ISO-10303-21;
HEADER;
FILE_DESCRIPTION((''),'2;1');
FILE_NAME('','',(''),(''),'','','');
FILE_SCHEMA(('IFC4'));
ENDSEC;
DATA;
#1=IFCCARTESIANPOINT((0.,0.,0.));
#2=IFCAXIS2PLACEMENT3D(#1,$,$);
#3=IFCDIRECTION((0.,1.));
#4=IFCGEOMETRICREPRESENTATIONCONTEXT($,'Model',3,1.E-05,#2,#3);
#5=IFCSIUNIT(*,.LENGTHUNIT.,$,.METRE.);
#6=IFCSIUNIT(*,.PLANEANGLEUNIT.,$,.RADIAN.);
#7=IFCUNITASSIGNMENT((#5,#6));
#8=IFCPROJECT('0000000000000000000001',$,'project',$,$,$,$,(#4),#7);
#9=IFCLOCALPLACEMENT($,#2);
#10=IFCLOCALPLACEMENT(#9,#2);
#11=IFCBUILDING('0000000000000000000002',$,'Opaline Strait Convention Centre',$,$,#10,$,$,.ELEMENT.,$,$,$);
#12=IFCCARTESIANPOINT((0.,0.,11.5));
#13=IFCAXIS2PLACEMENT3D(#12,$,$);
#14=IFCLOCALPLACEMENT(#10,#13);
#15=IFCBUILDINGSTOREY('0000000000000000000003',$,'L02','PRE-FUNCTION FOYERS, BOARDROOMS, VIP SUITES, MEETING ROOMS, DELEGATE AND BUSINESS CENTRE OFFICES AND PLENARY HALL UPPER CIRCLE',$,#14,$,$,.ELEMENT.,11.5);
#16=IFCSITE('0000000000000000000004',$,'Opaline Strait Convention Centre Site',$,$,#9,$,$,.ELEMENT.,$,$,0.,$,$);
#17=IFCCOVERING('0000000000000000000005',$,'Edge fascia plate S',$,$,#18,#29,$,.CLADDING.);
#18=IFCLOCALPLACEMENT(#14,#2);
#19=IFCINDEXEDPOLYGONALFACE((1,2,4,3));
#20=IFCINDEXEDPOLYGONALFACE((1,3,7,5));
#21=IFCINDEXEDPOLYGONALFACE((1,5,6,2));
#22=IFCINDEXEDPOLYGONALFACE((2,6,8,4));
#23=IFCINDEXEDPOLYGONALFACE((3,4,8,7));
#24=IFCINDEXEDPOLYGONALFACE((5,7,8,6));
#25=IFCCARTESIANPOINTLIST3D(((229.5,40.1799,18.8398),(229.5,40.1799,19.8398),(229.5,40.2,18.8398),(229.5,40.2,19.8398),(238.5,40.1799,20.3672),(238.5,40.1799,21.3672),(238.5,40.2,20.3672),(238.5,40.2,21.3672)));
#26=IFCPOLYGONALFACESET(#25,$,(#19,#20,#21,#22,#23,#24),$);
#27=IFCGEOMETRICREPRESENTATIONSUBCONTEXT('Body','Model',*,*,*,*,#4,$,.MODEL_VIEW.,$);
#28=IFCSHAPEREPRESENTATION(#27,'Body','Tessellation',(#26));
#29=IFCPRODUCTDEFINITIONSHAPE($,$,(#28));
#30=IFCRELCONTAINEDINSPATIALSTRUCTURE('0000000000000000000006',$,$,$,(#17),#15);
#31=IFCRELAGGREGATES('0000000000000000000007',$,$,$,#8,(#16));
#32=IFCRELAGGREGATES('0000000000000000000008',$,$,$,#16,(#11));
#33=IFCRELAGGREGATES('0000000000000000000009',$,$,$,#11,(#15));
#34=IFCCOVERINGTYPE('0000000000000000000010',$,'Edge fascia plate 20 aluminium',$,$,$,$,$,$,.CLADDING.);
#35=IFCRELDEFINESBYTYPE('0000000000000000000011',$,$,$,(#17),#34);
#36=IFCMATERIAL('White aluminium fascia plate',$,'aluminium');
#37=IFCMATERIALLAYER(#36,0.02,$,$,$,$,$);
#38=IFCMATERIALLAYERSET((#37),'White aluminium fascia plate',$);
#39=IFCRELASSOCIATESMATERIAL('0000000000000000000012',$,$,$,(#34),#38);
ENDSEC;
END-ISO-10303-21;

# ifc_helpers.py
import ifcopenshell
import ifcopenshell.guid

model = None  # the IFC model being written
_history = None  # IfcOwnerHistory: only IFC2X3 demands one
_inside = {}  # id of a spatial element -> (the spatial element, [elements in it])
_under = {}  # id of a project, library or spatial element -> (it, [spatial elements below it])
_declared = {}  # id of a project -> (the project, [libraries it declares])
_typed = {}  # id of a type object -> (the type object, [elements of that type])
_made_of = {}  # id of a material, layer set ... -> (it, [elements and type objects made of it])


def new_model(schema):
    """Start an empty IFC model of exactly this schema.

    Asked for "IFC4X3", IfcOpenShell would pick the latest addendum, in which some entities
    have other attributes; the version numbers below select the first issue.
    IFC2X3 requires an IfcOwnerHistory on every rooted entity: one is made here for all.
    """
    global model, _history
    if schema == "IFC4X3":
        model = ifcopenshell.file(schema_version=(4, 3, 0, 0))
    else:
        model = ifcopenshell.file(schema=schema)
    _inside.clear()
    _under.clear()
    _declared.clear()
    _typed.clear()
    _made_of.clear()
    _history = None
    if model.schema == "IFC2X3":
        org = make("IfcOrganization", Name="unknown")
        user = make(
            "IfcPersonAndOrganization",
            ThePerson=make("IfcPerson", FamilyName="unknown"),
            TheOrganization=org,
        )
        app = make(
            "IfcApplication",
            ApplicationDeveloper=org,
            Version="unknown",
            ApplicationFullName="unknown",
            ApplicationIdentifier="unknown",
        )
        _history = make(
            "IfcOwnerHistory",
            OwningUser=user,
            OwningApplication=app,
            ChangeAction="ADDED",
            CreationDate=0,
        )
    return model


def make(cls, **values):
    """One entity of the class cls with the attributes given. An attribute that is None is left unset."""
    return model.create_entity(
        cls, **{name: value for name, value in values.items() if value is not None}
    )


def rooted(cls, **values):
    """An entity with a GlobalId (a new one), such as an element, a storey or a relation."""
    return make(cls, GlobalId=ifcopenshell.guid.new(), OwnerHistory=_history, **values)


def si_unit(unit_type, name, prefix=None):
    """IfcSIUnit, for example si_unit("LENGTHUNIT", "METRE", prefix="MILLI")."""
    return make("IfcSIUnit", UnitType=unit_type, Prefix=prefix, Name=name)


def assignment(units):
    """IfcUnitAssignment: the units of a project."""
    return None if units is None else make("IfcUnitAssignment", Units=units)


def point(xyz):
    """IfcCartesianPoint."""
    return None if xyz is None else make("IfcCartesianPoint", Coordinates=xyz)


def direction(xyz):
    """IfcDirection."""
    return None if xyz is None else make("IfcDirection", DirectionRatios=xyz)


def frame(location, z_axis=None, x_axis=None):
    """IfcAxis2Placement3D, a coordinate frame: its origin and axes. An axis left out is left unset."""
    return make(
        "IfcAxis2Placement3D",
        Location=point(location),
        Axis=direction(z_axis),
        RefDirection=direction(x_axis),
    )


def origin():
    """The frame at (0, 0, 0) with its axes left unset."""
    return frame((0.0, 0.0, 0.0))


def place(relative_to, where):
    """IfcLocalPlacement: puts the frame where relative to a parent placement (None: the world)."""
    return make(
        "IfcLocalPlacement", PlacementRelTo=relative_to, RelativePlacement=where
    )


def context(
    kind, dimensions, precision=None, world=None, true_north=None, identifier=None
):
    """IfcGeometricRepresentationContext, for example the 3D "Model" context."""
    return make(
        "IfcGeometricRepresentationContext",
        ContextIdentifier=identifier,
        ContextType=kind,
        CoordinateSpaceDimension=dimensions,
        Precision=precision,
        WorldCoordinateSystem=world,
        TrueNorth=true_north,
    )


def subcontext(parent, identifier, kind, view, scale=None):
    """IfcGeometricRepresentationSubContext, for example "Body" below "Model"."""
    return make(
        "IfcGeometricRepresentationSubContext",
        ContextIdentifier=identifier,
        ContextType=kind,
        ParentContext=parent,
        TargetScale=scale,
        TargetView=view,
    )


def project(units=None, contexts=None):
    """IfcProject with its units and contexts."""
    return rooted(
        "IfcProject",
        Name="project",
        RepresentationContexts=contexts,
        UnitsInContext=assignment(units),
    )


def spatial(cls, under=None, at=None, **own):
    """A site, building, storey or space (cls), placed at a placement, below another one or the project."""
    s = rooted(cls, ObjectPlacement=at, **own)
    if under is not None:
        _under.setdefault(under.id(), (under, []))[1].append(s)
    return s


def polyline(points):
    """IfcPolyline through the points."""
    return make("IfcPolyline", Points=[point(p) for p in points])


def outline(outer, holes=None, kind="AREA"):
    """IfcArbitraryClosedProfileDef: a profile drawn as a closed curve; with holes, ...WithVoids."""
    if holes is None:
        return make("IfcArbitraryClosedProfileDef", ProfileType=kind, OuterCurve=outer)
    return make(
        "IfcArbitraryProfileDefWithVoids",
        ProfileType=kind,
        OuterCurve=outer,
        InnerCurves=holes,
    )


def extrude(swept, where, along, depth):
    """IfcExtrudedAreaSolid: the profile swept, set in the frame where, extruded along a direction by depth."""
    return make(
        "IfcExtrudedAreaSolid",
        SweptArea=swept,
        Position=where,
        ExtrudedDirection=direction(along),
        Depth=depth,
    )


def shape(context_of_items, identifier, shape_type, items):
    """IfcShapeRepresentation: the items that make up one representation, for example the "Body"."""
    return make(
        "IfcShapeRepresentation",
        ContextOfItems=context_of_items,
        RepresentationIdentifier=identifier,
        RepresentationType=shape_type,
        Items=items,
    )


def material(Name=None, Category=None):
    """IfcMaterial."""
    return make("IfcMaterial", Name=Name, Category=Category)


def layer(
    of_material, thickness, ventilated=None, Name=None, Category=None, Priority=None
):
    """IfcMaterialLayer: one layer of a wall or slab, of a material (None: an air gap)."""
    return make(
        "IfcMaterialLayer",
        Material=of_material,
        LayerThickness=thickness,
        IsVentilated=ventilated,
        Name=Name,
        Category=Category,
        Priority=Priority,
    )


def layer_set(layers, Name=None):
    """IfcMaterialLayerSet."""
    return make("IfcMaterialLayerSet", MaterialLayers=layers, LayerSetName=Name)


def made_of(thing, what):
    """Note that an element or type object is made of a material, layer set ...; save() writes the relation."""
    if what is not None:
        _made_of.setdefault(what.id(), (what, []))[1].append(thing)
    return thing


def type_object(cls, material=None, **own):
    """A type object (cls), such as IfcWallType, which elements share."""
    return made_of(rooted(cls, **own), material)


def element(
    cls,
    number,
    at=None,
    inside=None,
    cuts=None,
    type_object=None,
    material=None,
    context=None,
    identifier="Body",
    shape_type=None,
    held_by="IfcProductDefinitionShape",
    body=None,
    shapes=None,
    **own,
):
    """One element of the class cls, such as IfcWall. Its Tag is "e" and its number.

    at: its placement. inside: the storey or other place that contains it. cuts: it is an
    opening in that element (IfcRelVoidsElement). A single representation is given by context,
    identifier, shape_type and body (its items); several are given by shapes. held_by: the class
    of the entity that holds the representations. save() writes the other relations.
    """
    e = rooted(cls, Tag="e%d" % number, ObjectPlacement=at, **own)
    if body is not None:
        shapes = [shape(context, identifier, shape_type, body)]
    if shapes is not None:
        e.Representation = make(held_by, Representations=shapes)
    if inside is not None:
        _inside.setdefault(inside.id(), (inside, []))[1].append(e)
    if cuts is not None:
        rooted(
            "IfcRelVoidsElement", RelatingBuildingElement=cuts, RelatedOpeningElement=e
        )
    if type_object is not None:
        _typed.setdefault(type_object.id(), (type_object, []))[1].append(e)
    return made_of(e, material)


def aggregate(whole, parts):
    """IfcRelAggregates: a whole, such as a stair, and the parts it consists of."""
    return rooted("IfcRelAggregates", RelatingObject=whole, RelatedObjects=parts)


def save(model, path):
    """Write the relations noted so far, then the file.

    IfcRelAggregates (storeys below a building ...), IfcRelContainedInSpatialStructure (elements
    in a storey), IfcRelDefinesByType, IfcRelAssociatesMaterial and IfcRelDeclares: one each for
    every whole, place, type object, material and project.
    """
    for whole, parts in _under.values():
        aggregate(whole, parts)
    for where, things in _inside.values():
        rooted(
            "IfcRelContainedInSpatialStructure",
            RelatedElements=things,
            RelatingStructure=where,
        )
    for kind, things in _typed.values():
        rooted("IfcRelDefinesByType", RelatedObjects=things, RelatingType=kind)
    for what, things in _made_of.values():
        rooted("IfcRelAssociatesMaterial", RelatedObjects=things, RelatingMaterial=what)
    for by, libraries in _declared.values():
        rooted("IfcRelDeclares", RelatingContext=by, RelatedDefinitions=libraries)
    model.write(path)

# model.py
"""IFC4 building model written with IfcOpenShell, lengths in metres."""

from ifc_helpers import new_model, si_unit, direction, frame, origin, place, context, subcontext, project, spatial, polyline, outline, extrude, material, layer, layer_set, type_object, element, save


model = new_model("IFC4")

# Units and contexts
model_context = context("Model", 3, precision=1e-05, world=origin(), true_north=direction((0.0, 1.0)))
body_context = subcontext(model_context, "Body", "Model", "MODEL_VIEW")
ifc_project = project(units=[si_unit("LENGTHUNIT", "METRE"), si_unit("PLANEANGLEUNIT", "RADIAN")], contexts=[model_context])

# Site, building, storey
site_placement = place(None, origin())
site = spatial("IfcSite", under=ifc_project, at=site_placement, Name="Opaline Strait Convention Centre Site", CompositionType="ELEMENT", RefElevation=0.0)
building_placement = place(site_placement, origin())
building = spatial("IfcBuilding", under=site, at=building_placement, Name="Opaline Strait Convention Centre", CompositionType="ELEMENT")
storey_placement = place(building_placement, frame((0.0, 0.0, 11.5)))
storey = spatial("IfcBuildingStorey", under=building, at=storey_placement, Name="L02", Description="PRE-FUNCTION FOYERS, BOARDROOMS, VIP SUITES, MEETING ROOMS, DELEGATE AND BUSINESS CENTRE OFFICES AND PLENARY HALL UPPER CIRCLE", CompositionType="ELEMENT", Elevation=11.5)

# Covering
ifc_material_1 = material(Name="White aluminium fascia plate", Category="aluminium")
ifc_layer_1 = layer(ifc_material_1, 0.02)
ifc_layer_set_1 = layer_set([ifc_layer_1], Name="White aluminium fascia plate")
covering_type = type_object("IfcCoveringType", Name="Edge fascia plate 20 aluminium", PredefinedType="CLADDING", material=ifc_layer_set_1)
covering_placement = place(storey_placement, frame((234.0, 40.2, 20.1035), z_axis=(0.0, -1.0, 0.0), x_axis=(1.0, 0.0, 0.0)))
element("IfcCovering", 1, at=covering_placement, inside=storey, type_object=covering_type, Name="Edge fascia plate S", PredefinedType="CLADDING", context=body_context, shape_type="SweptSolid", body=[
    extrude(outline(polyline([(-4.5, -0.2637), (4.5, 1.2637), (4.5, 0.2637), (-4.5, -1.2637), (-4.5, -0.2637)])), origin(), (0.0, 0.0, 1.0), 0.02),
])

save(model, "model.ifc")
